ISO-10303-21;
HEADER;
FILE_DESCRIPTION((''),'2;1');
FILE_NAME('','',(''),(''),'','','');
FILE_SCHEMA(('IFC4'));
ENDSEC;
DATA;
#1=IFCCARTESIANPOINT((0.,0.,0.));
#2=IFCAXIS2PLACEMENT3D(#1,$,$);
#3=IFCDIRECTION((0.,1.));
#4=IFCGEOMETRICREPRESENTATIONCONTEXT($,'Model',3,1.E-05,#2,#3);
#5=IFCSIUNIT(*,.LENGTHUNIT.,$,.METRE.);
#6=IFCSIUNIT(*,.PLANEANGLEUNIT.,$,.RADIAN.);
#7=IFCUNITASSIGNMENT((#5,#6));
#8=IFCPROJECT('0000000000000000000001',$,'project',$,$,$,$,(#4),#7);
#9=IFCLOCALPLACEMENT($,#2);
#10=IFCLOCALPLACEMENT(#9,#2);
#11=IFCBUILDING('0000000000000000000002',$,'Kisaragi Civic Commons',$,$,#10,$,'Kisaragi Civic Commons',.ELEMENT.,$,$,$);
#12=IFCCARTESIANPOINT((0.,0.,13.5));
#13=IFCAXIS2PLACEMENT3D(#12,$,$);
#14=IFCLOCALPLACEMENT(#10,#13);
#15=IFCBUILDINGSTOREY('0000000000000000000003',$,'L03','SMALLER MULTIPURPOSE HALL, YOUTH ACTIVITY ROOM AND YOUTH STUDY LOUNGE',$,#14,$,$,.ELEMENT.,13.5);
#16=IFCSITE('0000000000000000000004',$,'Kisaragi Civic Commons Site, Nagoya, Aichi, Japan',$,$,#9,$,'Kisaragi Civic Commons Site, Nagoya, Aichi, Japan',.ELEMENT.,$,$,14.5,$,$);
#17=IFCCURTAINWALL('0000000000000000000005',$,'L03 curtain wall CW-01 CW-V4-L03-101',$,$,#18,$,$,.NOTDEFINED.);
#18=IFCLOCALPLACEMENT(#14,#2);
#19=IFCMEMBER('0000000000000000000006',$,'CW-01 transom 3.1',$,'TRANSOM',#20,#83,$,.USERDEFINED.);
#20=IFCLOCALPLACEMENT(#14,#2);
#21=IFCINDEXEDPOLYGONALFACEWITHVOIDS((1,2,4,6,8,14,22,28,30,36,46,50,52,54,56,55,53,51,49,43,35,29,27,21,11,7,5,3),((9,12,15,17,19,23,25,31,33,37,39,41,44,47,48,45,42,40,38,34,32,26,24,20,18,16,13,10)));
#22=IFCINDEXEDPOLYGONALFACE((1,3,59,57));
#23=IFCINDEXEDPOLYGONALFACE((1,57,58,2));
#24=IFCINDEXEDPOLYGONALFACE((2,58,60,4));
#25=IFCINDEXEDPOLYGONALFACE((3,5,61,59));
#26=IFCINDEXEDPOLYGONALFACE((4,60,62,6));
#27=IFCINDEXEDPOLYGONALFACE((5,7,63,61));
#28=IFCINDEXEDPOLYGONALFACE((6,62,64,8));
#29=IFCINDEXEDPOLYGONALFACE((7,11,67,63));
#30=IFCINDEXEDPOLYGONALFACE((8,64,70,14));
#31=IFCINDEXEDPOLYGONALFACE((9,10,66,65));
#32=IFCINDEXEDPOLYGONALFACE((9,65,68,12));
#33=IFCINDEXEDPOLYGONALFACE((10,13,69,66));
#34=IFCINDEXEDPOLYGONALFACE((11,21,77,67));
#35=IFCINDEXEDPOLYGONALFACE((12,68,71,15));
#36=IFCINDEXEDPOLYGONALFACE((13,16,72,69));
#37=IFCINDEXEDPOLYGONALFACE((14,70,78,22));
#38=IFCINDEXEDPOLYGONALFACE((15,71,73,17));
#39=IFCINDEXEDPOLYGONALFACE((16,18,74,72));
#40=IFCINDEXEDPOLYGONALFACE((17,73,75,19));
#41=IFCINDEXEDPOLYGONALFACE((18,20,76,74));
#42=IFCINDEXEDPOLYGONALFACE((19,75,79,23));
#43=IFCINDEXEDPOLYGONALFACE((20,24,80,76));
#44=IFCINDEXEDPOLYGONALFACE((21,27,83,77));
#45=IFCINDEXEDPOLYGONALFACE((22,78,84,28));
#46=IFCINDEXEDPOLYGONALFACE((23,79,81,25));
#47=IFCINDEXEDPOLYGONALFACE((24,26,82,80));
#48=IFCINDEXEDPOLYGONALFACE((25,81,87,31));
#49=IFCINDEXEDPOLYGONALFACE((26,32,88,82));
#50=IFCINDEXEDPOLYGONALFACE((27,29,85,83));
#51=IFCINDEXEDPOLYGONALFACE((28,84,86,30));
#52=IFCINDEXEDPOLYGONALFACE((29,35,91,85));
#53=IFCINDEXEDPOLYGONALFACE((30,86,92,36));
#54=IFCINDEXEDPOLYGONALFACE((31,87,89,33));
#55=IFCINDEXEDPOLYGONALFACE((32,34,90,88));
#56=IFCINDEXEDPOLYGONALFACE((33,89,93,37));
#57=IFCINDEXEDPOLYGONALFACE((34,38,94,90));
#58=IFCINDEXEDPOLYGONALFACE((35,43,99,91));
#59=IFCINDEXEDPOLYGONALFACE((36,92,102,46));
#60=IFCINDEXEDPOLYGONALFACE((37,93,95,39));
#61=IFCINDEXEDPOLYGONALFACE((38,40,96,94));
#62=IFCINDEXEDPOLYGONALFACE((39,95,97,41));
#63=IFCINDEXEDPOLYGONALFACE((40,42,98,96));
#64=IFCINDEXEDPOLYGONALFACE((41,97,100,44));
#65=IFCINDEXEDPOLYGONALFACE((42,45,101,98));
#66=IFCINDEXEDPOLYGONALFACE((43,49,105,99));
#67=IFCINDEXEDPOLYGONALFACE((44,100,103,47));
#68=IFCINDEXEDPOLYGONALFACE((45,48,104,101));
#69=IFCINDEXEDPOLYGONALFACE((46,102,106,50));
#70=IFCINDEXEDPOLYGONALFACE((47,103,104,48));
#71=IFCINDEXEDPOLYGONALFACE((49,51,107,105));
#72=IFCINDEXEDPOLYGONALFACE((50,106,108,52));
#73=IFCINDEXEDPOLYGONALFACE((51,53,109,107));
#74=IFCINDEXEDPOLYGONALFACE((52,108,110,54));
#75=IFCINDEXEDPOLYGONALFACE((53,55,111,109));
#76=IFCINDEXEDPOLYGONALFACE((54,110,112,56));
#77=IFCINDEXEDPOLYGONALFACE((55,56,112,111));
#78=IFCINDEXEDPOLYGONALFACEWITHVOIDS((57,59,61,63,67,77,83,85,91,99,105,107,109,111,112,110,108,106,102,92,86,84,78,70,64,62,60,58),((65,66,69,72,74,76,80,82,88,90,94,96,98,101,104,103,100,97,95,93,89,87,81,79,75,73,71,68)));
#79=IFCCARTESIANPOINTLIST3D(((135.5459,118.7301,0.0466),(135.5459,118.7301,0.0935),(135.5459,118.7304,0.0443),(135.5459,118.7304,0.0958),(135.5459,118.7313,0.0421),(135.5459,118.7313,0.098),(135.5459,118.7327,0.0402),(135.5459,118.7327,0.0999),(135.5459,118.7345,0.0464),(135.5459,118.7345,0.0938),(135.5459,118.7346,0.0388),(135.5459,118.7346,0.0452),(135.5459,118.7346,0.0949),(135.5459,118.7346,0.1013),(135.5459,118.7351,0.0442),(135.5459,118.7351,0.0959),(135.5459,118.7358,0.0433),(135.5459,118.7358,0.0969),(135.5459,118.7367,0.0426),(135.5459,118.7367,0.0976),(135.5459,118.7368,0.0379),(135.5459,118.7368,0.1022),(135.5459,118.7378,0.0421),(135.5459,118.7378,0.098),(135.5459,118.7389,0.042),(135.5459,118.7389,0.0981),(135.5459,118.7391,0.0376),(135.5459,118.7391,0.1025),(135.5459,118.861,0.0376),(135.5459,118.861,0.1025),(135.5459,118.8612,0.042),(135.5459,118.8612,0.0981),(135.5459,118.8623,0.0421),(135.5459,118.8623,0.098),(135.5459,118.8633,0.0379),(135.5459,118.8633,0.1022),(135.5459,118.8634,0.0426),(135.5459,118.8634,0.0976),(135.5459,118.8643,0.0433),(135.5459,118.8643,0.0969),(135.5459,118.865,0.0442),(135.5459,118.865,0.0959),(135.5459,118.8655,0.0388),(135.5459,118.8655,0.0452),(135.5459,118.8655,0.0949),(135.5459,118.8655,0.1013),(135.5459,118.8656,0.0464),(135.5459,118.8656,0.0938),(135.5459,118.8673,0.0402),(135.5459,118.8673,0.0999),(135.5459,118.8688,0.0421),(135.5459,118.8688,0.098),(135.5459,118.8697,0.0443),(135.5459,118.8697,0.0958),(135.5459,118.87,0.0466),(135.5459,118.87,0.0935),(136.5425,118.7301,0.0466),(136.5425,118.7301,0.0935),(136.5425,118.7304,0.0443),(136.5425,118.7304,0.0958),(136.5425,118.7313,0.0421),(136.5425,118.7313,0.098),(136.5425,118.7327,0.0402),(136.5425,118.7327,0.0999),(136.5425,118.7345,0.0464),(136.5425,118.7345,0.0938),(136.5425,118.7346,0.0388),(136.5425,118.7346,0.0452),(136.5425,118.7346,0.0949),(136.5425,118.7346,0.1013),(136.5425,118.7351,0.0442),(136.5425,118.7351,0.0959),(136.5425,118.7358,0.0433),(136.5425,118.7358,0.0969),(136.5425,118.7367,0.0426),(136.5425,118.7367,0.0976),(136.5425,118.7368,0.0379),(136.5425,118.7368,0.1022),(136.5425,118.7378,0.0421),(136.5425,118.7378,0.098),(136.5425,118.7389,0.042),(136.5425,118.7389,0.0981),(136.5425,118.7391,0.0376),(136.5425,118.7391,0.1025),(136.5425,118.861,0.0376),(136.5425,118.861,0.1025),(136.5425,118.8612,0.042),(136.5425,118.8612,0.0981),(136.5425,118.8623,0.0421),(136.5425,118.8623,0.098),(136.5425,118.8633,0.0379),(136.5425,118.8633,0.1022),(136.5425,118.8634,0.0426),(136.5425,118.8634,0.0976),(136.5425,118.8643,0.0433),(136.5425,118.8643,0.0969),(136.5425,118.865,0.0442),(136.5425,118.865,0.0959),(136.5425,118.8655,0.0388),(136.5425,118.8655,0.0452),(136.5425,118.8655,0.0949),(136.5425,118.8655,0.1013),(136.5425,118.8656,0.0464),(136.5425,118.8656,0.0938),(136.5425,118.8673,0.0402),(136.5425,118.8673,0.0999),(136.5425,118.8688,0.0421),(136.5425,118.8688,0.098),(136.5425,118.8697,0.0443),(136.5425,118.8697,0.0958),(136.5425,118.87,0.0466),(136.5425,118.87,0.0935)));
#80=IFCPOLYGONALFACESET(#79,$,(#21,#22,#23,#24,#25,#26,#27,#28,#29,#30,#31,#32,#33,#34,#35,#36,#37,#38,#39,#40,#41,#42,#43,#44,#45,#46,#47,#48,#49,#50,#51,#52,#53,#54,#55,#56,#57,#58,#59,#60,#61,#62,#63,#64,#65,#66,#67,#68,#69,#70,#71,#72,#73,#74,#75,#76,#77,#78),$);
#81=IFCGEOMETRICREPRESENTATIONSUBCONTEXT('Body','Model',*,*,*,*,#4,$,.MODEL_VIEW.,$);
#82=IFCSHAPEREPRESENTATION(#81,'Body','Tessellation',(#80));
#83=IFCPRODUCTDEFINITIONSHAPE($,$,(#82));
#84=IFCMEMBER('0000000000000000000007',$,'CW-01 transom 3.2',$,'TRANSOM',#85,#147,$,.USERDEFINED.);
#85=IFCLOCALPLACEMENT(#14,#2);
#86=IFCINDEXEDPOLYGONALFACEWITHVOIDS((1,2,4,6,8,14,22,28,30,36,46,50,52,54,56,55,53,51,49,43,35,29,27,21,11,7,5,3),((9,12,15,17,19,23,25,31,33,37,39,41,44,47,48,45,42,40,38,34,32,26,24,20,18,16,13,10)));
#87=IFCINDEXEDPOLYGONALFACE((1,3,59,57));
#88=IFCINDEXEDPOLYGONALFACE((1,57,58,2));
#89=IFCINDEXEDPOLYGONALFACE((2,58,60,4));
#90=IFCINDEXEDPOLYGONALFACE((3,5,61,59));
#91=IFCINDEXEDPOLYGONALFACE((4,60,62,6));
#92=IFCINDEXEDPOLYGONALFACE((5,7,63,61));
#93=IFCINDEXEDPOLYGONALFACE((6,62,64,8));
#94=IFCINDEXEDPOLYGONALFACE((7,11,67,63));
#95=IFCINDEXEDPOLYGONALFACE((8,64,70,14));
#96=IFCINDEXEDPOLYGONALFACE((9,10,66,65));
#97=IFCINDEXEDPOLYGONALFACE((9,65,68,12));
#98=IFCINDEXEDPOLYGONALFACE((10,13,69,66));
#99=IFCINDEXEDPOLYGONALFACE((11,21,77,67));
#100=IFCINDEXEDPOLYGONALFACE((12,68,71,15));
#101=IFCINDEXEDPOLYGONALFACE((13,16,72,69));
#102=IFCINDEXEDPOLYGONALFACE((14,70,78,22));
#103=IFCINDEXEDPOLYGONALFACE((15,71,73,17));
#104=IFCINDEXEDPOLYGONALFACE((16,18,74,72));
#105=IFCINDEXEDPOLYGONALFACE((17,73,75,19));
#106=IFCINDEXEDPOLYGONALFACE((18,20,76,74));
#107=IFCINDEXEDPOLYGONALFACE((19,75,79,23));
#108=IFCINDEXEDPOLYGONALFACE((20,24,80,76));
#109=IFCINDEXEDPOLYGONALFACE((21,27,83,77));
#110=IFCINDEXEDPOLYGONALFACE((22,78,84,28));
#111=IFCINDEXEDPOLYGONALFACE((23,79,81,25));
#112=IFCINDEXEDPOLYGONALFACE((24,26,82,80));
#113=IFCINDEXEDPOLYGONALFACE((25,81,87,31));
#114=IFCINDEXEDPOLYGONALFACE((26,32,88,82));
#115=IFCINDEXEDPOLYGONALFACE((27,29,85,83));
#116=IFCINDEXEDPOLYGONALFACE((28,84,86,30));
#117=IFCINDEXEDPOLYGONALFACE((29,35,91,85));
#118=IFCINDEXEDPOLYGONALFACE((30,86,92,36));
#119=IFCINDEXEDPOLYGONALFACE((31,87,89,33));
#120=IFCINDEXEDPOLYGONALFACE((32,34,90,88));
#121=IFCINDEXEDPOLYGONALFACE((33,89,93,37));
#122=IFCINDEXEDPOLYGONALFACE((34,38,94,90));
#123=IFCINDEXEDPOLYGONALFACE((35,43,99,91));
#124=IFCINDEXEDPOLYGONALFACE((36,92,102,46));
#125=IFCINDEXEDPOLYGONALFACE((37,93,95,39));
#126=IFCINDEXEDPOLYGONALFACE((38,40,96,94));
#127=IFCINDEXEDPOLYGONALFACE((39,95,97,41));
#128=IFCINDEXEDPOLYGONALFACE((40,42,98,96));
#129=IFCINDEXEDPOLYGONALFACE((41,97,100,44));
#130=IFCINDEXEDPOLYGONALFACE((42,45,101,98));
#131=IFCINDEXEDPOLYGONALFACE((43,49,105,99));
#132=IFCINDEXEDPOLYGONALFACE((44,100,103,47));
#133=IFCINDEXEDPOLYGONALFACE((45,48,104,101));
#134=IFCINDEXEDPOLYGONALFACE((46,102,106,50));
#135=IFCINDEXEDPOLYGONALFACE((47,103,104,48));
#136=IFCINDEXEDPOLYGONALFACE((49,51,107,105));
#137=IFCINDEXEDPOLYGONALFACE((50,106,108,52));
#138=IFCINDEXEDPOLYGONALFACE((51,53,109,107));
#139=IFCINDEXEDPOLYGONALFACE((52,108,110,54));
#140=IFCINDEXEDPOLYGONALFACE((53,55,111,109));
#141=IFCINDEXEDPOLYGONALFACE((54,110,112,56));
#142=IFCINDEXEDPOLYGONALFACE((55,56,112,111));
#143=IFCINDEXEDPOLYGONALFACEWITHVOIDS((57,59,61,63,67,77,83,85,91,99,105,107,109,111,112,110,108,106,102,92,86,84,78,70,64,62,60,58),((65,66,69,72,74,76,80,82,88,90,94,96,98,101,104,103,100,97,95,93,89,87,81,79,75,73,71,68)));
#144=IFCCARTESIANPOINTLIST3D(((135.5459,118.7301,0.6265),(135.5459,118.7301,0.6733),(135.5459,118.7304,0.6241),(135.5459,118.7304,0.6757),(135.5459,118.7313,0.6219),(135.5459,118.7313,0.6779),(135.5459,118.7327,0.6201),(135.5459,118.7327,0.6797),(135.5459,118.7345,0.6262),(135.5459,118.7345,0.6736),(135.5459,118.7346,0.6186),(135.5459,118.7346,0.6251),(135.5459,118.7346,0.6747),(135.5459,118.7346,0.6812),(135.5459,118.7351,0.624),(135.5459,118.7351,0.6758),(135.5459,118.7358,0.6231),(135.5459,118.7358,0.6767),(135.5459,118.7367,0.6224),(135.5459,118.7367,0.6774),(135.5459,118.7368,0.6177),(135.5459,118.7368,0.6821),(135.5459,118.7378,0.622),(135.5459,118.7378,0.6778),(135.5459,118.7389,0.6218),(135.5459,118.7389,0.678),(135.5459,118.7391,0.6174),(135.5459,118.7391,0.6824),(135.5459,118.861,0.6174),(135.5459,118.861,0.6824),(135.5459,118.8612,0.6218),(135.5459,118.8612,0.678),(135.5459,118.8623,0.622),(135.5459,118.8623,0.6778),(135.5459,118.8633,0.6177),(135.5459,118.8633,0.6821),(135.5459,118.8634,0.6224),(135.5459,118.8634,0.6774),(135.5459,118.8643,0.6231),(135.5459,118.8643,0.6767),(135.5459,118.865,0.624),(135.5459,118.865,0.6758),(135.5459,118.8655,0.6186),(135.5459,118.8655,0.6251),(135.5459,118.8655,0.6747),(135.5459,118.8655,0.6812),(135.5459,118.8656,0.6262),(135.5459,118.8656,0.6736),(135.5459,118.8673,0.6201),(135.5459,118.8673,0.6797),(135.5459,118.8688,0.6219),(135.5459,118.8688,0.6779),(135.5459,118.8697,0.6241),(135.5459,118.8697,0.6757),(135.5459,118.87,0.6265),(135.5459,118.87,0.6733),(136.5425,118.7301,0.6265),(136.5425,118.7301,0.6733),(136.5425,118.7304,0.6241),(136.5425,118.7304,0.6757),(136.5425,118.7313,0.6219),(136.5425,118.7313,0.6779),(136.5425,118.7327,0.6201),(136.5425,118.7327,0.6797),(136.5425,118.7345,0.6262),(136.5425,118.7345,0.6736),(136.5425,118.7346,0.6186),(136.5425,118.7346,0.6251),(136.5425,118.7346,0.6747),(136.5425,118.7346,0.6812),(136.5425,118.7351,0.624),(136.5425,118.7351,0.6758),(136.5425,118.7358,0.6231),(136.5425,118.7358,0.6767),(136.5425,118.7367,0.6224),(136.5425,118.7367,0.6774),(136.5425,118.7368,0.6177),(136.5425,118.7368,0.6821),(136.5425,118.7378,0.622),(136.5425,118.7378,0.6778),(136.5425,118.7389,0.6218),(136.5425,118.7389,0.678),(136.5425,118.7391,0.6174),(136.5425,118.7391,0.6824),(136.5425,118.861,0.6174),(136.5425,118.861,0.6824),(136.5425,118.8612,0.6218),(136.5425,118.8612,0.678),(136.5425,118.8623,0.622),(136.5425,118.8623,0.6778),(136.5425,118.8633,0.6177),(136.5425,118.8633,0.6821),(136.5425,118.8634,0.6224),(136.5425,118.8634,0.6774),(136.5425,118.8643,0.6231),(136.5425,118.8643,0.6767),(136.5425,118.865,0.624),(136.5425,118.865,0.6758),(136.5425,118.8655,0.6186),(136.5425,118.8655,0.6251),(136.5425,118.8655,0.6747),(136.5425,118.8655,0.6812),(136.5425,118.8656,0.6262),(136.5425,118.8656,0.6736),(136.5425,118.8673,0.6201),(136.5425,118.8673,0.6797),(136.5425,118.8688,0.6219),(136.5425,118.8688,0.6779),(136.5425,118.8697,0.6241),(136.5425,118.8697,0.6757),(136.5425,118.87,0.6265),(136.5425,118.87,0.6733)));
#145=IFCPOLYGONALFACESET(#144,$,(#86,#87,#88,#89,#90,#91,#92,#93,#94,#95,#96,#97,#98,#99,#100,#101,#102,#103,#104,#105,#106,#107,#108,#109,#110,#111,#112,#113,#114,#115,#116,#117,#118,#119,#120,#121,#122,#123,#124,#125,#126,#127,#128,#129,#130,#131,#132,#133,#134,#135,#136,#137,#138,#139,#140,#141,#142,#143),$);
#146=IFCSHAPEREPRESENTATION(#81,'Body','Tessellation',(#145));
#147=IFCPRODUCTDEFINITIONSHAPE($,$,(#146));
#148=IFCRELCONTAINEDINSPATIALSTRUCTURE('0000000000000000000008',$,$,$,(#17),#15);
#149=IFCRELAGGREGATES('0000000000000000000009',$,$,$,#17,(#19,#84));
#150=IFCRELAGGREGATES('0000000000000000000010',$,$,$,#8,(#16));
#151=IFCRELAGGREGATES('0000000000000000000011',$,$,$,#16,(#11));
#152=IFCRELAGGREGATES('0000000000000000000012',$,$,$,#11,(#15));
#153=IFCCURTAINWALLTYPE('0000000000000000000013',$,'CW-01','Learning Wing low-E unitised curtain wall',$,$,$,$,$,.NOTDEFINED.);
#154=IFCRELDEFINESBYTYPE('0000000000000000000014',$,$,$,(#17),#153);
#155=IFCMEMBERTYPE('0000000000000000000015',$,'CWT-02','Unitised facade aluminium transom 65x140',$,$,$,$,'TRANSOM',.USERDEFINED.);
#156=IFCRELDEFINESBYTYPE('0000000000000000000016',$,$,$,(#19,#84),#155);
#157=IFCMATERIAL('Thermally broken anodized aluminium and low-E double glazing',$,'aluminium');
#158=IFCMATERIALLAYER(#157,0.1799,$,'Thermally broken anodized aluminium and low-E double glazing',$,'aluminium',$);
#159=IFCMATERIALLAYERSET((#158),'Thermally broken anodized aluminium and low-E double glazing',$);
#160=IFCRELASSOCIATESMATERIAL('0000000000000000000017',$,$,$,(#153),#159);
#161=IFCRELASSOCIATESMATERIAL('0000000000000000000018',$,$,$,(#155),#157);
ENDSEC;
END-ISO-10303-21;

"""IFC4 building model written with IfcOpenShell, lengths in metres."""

from ifc_helpers import new_model, si_unit, direction, frame, origin, origin_2d, place, context, subcontext, project, spatial, hollow_rectangle, extrude, material, layer, layer_set, material_profile, profile_set, type_object, element, aggregate, save


model = new_model("IFC4")

# Units and contexts
model_context = context("Model", 3, precision=1e-05, world=origin(), true_north=direction((0.0, 1.0)))
body_context = subcontext(model_context, "Body", "Model", "MODEL_VIEW")
ifc_project = project(units=[si_unit("LENGTHUNIT", "METRE"), si_unit("PLANEANGLEUNIT", "RADIAN")], contexts=[model_context])

# Site, building, storey
site_placement = place(None, origin())
site = spatial("IfcSite", under=ifc_project, at=site_placement, Name="Kisaragi Civic Commons Site, Nagoya, Aichi, Japan", LongName="Kisaragi Civic Commons Site, Nagoya, Aichi, Japan", CompositionType="ELEMENT", RefElevation=14.5)
building_placement = place(site_placement, origin())
building = spatial("IfcBuilding", under=site, at=building_placement, Name="Kisaragi Civic Commons", LongName="Kisaragi Civic Commons", CompositionType="ELEMENT")
storey_placement = place(building_placement, frame((0.0, 0.0, 13.5)))
storey = spatial("IfcBuildingStorey", under=building, at=storey_placement, Name="L03", Description="SMALLER MULTIPURPOSE HALL, YOUTH ACTIVITY ROOM AND YOUTH STUDY LOUNGE", CompositionType="ELEMENT", Elevation=13.5)

# Curtain wall, members
ifc_material = material(Name="Thermally broken anodized aluminium and low-E double glazing", Category="aluminium")
ifc_layer_1 = layer(ifc_material, 0.1799, Name="Thermally broken anodized aluminium and low-E double glazing", Category="aluminium")
ifc_layer_set_1 = layer_set([ifc_layer_1], Name="Thermally broken anodized aluminium and low-E double glazing")
curtain_wall_type = type_object("IfcCurtainWallType", Name="CW-01", Description="Learning Wing low-E unitised curtain wall", PredefinedType="NOTDEFINED", material=ifc_layer_set_1)
curtain_wall_placement = place(storey_placement, origin())
curtain_wall = element("IfcCurtainWall", 1, at=curtain_wall_placement, inside=storey, type_object=curtain_wall_type, Name="L03 curtain wall CW-01 CW-V4-L03-101", PredefinedType="NOTDEFINED")
ifc_material_profile_1 = material_profile(ifc_material, hollow_rectangle(XDim=0.1399, YDim=0.0649, WallThickness=0.0044, InnerFilletRadius=0.0044, OuterFilletRadius=0.009, at=origin_2d()), Name="CWT-65x140x4.5", Category="aluminium")
ifc_profile_set_1 = profile_set([ifc_material_profile_1], Name="Thermally broken anodized aluminium and low-E double glazing")
member_type_1 = type_object("IfcMemberType", Name="CWT-02", Description="Unitised facade aluminium transom 65x140", ElementType="TRANSOM", PredefinedType="USERDEFINED", material=ifc_profile_set_1)
member_1_placement = place(storey_placement, frame((135.5459, 118.8, 0.0701), z_axis=(1.0, 0.0, 0.0), x_axis=(0.0, 1.0, 0.0)))
member_1 = element("IfcMember", 2, at=member_1_placement, type_object=member_type_1, Name="CW-01 transom 3.1", ObjectType="TRANSOM", PredefinedType="USERDEFINED", context=body_context, shape_type="SweptSolid", body=[
    extrude(hollow_rectangle(XDim=0.1399, YDim=0.0649, WallThickness=0.0044, InnerFilletRadius=0.0044, OuterFilletRadius=0.009, at=origin_2d()), origin(), (0.0, 0.0, 1.0), 0.9966),
])
member_2_placement = place(storey_placement, frame((135.5459, 118.8, 0.6499), z_axis=(1.0, 0.0, 0.0), x_axis=(0.0, 1.0, 0.0)))
member_2 = element("IfcMember", 3, at=member_2_placement, type_object=member_type_1, Name="CW-01 transom 3.2", ObjectType="TRANSOM", PredefinedType="USERDEFINED", context=body_context, shape_type="SweptSolid", body=[
    extrude(hollow_rectangle(XDim=0.1399, YDim=0.0649, WallThickness=0.0044, InnerFilletRadius=0.0044, OuterFilletRadius=0.009, at=origin_2d()), origin(), (0.0, 0.0, 1.0), 0.9966),
])
aggregate(curtain_wall, [member_1, member_2])

save(model, "model.ifc")
